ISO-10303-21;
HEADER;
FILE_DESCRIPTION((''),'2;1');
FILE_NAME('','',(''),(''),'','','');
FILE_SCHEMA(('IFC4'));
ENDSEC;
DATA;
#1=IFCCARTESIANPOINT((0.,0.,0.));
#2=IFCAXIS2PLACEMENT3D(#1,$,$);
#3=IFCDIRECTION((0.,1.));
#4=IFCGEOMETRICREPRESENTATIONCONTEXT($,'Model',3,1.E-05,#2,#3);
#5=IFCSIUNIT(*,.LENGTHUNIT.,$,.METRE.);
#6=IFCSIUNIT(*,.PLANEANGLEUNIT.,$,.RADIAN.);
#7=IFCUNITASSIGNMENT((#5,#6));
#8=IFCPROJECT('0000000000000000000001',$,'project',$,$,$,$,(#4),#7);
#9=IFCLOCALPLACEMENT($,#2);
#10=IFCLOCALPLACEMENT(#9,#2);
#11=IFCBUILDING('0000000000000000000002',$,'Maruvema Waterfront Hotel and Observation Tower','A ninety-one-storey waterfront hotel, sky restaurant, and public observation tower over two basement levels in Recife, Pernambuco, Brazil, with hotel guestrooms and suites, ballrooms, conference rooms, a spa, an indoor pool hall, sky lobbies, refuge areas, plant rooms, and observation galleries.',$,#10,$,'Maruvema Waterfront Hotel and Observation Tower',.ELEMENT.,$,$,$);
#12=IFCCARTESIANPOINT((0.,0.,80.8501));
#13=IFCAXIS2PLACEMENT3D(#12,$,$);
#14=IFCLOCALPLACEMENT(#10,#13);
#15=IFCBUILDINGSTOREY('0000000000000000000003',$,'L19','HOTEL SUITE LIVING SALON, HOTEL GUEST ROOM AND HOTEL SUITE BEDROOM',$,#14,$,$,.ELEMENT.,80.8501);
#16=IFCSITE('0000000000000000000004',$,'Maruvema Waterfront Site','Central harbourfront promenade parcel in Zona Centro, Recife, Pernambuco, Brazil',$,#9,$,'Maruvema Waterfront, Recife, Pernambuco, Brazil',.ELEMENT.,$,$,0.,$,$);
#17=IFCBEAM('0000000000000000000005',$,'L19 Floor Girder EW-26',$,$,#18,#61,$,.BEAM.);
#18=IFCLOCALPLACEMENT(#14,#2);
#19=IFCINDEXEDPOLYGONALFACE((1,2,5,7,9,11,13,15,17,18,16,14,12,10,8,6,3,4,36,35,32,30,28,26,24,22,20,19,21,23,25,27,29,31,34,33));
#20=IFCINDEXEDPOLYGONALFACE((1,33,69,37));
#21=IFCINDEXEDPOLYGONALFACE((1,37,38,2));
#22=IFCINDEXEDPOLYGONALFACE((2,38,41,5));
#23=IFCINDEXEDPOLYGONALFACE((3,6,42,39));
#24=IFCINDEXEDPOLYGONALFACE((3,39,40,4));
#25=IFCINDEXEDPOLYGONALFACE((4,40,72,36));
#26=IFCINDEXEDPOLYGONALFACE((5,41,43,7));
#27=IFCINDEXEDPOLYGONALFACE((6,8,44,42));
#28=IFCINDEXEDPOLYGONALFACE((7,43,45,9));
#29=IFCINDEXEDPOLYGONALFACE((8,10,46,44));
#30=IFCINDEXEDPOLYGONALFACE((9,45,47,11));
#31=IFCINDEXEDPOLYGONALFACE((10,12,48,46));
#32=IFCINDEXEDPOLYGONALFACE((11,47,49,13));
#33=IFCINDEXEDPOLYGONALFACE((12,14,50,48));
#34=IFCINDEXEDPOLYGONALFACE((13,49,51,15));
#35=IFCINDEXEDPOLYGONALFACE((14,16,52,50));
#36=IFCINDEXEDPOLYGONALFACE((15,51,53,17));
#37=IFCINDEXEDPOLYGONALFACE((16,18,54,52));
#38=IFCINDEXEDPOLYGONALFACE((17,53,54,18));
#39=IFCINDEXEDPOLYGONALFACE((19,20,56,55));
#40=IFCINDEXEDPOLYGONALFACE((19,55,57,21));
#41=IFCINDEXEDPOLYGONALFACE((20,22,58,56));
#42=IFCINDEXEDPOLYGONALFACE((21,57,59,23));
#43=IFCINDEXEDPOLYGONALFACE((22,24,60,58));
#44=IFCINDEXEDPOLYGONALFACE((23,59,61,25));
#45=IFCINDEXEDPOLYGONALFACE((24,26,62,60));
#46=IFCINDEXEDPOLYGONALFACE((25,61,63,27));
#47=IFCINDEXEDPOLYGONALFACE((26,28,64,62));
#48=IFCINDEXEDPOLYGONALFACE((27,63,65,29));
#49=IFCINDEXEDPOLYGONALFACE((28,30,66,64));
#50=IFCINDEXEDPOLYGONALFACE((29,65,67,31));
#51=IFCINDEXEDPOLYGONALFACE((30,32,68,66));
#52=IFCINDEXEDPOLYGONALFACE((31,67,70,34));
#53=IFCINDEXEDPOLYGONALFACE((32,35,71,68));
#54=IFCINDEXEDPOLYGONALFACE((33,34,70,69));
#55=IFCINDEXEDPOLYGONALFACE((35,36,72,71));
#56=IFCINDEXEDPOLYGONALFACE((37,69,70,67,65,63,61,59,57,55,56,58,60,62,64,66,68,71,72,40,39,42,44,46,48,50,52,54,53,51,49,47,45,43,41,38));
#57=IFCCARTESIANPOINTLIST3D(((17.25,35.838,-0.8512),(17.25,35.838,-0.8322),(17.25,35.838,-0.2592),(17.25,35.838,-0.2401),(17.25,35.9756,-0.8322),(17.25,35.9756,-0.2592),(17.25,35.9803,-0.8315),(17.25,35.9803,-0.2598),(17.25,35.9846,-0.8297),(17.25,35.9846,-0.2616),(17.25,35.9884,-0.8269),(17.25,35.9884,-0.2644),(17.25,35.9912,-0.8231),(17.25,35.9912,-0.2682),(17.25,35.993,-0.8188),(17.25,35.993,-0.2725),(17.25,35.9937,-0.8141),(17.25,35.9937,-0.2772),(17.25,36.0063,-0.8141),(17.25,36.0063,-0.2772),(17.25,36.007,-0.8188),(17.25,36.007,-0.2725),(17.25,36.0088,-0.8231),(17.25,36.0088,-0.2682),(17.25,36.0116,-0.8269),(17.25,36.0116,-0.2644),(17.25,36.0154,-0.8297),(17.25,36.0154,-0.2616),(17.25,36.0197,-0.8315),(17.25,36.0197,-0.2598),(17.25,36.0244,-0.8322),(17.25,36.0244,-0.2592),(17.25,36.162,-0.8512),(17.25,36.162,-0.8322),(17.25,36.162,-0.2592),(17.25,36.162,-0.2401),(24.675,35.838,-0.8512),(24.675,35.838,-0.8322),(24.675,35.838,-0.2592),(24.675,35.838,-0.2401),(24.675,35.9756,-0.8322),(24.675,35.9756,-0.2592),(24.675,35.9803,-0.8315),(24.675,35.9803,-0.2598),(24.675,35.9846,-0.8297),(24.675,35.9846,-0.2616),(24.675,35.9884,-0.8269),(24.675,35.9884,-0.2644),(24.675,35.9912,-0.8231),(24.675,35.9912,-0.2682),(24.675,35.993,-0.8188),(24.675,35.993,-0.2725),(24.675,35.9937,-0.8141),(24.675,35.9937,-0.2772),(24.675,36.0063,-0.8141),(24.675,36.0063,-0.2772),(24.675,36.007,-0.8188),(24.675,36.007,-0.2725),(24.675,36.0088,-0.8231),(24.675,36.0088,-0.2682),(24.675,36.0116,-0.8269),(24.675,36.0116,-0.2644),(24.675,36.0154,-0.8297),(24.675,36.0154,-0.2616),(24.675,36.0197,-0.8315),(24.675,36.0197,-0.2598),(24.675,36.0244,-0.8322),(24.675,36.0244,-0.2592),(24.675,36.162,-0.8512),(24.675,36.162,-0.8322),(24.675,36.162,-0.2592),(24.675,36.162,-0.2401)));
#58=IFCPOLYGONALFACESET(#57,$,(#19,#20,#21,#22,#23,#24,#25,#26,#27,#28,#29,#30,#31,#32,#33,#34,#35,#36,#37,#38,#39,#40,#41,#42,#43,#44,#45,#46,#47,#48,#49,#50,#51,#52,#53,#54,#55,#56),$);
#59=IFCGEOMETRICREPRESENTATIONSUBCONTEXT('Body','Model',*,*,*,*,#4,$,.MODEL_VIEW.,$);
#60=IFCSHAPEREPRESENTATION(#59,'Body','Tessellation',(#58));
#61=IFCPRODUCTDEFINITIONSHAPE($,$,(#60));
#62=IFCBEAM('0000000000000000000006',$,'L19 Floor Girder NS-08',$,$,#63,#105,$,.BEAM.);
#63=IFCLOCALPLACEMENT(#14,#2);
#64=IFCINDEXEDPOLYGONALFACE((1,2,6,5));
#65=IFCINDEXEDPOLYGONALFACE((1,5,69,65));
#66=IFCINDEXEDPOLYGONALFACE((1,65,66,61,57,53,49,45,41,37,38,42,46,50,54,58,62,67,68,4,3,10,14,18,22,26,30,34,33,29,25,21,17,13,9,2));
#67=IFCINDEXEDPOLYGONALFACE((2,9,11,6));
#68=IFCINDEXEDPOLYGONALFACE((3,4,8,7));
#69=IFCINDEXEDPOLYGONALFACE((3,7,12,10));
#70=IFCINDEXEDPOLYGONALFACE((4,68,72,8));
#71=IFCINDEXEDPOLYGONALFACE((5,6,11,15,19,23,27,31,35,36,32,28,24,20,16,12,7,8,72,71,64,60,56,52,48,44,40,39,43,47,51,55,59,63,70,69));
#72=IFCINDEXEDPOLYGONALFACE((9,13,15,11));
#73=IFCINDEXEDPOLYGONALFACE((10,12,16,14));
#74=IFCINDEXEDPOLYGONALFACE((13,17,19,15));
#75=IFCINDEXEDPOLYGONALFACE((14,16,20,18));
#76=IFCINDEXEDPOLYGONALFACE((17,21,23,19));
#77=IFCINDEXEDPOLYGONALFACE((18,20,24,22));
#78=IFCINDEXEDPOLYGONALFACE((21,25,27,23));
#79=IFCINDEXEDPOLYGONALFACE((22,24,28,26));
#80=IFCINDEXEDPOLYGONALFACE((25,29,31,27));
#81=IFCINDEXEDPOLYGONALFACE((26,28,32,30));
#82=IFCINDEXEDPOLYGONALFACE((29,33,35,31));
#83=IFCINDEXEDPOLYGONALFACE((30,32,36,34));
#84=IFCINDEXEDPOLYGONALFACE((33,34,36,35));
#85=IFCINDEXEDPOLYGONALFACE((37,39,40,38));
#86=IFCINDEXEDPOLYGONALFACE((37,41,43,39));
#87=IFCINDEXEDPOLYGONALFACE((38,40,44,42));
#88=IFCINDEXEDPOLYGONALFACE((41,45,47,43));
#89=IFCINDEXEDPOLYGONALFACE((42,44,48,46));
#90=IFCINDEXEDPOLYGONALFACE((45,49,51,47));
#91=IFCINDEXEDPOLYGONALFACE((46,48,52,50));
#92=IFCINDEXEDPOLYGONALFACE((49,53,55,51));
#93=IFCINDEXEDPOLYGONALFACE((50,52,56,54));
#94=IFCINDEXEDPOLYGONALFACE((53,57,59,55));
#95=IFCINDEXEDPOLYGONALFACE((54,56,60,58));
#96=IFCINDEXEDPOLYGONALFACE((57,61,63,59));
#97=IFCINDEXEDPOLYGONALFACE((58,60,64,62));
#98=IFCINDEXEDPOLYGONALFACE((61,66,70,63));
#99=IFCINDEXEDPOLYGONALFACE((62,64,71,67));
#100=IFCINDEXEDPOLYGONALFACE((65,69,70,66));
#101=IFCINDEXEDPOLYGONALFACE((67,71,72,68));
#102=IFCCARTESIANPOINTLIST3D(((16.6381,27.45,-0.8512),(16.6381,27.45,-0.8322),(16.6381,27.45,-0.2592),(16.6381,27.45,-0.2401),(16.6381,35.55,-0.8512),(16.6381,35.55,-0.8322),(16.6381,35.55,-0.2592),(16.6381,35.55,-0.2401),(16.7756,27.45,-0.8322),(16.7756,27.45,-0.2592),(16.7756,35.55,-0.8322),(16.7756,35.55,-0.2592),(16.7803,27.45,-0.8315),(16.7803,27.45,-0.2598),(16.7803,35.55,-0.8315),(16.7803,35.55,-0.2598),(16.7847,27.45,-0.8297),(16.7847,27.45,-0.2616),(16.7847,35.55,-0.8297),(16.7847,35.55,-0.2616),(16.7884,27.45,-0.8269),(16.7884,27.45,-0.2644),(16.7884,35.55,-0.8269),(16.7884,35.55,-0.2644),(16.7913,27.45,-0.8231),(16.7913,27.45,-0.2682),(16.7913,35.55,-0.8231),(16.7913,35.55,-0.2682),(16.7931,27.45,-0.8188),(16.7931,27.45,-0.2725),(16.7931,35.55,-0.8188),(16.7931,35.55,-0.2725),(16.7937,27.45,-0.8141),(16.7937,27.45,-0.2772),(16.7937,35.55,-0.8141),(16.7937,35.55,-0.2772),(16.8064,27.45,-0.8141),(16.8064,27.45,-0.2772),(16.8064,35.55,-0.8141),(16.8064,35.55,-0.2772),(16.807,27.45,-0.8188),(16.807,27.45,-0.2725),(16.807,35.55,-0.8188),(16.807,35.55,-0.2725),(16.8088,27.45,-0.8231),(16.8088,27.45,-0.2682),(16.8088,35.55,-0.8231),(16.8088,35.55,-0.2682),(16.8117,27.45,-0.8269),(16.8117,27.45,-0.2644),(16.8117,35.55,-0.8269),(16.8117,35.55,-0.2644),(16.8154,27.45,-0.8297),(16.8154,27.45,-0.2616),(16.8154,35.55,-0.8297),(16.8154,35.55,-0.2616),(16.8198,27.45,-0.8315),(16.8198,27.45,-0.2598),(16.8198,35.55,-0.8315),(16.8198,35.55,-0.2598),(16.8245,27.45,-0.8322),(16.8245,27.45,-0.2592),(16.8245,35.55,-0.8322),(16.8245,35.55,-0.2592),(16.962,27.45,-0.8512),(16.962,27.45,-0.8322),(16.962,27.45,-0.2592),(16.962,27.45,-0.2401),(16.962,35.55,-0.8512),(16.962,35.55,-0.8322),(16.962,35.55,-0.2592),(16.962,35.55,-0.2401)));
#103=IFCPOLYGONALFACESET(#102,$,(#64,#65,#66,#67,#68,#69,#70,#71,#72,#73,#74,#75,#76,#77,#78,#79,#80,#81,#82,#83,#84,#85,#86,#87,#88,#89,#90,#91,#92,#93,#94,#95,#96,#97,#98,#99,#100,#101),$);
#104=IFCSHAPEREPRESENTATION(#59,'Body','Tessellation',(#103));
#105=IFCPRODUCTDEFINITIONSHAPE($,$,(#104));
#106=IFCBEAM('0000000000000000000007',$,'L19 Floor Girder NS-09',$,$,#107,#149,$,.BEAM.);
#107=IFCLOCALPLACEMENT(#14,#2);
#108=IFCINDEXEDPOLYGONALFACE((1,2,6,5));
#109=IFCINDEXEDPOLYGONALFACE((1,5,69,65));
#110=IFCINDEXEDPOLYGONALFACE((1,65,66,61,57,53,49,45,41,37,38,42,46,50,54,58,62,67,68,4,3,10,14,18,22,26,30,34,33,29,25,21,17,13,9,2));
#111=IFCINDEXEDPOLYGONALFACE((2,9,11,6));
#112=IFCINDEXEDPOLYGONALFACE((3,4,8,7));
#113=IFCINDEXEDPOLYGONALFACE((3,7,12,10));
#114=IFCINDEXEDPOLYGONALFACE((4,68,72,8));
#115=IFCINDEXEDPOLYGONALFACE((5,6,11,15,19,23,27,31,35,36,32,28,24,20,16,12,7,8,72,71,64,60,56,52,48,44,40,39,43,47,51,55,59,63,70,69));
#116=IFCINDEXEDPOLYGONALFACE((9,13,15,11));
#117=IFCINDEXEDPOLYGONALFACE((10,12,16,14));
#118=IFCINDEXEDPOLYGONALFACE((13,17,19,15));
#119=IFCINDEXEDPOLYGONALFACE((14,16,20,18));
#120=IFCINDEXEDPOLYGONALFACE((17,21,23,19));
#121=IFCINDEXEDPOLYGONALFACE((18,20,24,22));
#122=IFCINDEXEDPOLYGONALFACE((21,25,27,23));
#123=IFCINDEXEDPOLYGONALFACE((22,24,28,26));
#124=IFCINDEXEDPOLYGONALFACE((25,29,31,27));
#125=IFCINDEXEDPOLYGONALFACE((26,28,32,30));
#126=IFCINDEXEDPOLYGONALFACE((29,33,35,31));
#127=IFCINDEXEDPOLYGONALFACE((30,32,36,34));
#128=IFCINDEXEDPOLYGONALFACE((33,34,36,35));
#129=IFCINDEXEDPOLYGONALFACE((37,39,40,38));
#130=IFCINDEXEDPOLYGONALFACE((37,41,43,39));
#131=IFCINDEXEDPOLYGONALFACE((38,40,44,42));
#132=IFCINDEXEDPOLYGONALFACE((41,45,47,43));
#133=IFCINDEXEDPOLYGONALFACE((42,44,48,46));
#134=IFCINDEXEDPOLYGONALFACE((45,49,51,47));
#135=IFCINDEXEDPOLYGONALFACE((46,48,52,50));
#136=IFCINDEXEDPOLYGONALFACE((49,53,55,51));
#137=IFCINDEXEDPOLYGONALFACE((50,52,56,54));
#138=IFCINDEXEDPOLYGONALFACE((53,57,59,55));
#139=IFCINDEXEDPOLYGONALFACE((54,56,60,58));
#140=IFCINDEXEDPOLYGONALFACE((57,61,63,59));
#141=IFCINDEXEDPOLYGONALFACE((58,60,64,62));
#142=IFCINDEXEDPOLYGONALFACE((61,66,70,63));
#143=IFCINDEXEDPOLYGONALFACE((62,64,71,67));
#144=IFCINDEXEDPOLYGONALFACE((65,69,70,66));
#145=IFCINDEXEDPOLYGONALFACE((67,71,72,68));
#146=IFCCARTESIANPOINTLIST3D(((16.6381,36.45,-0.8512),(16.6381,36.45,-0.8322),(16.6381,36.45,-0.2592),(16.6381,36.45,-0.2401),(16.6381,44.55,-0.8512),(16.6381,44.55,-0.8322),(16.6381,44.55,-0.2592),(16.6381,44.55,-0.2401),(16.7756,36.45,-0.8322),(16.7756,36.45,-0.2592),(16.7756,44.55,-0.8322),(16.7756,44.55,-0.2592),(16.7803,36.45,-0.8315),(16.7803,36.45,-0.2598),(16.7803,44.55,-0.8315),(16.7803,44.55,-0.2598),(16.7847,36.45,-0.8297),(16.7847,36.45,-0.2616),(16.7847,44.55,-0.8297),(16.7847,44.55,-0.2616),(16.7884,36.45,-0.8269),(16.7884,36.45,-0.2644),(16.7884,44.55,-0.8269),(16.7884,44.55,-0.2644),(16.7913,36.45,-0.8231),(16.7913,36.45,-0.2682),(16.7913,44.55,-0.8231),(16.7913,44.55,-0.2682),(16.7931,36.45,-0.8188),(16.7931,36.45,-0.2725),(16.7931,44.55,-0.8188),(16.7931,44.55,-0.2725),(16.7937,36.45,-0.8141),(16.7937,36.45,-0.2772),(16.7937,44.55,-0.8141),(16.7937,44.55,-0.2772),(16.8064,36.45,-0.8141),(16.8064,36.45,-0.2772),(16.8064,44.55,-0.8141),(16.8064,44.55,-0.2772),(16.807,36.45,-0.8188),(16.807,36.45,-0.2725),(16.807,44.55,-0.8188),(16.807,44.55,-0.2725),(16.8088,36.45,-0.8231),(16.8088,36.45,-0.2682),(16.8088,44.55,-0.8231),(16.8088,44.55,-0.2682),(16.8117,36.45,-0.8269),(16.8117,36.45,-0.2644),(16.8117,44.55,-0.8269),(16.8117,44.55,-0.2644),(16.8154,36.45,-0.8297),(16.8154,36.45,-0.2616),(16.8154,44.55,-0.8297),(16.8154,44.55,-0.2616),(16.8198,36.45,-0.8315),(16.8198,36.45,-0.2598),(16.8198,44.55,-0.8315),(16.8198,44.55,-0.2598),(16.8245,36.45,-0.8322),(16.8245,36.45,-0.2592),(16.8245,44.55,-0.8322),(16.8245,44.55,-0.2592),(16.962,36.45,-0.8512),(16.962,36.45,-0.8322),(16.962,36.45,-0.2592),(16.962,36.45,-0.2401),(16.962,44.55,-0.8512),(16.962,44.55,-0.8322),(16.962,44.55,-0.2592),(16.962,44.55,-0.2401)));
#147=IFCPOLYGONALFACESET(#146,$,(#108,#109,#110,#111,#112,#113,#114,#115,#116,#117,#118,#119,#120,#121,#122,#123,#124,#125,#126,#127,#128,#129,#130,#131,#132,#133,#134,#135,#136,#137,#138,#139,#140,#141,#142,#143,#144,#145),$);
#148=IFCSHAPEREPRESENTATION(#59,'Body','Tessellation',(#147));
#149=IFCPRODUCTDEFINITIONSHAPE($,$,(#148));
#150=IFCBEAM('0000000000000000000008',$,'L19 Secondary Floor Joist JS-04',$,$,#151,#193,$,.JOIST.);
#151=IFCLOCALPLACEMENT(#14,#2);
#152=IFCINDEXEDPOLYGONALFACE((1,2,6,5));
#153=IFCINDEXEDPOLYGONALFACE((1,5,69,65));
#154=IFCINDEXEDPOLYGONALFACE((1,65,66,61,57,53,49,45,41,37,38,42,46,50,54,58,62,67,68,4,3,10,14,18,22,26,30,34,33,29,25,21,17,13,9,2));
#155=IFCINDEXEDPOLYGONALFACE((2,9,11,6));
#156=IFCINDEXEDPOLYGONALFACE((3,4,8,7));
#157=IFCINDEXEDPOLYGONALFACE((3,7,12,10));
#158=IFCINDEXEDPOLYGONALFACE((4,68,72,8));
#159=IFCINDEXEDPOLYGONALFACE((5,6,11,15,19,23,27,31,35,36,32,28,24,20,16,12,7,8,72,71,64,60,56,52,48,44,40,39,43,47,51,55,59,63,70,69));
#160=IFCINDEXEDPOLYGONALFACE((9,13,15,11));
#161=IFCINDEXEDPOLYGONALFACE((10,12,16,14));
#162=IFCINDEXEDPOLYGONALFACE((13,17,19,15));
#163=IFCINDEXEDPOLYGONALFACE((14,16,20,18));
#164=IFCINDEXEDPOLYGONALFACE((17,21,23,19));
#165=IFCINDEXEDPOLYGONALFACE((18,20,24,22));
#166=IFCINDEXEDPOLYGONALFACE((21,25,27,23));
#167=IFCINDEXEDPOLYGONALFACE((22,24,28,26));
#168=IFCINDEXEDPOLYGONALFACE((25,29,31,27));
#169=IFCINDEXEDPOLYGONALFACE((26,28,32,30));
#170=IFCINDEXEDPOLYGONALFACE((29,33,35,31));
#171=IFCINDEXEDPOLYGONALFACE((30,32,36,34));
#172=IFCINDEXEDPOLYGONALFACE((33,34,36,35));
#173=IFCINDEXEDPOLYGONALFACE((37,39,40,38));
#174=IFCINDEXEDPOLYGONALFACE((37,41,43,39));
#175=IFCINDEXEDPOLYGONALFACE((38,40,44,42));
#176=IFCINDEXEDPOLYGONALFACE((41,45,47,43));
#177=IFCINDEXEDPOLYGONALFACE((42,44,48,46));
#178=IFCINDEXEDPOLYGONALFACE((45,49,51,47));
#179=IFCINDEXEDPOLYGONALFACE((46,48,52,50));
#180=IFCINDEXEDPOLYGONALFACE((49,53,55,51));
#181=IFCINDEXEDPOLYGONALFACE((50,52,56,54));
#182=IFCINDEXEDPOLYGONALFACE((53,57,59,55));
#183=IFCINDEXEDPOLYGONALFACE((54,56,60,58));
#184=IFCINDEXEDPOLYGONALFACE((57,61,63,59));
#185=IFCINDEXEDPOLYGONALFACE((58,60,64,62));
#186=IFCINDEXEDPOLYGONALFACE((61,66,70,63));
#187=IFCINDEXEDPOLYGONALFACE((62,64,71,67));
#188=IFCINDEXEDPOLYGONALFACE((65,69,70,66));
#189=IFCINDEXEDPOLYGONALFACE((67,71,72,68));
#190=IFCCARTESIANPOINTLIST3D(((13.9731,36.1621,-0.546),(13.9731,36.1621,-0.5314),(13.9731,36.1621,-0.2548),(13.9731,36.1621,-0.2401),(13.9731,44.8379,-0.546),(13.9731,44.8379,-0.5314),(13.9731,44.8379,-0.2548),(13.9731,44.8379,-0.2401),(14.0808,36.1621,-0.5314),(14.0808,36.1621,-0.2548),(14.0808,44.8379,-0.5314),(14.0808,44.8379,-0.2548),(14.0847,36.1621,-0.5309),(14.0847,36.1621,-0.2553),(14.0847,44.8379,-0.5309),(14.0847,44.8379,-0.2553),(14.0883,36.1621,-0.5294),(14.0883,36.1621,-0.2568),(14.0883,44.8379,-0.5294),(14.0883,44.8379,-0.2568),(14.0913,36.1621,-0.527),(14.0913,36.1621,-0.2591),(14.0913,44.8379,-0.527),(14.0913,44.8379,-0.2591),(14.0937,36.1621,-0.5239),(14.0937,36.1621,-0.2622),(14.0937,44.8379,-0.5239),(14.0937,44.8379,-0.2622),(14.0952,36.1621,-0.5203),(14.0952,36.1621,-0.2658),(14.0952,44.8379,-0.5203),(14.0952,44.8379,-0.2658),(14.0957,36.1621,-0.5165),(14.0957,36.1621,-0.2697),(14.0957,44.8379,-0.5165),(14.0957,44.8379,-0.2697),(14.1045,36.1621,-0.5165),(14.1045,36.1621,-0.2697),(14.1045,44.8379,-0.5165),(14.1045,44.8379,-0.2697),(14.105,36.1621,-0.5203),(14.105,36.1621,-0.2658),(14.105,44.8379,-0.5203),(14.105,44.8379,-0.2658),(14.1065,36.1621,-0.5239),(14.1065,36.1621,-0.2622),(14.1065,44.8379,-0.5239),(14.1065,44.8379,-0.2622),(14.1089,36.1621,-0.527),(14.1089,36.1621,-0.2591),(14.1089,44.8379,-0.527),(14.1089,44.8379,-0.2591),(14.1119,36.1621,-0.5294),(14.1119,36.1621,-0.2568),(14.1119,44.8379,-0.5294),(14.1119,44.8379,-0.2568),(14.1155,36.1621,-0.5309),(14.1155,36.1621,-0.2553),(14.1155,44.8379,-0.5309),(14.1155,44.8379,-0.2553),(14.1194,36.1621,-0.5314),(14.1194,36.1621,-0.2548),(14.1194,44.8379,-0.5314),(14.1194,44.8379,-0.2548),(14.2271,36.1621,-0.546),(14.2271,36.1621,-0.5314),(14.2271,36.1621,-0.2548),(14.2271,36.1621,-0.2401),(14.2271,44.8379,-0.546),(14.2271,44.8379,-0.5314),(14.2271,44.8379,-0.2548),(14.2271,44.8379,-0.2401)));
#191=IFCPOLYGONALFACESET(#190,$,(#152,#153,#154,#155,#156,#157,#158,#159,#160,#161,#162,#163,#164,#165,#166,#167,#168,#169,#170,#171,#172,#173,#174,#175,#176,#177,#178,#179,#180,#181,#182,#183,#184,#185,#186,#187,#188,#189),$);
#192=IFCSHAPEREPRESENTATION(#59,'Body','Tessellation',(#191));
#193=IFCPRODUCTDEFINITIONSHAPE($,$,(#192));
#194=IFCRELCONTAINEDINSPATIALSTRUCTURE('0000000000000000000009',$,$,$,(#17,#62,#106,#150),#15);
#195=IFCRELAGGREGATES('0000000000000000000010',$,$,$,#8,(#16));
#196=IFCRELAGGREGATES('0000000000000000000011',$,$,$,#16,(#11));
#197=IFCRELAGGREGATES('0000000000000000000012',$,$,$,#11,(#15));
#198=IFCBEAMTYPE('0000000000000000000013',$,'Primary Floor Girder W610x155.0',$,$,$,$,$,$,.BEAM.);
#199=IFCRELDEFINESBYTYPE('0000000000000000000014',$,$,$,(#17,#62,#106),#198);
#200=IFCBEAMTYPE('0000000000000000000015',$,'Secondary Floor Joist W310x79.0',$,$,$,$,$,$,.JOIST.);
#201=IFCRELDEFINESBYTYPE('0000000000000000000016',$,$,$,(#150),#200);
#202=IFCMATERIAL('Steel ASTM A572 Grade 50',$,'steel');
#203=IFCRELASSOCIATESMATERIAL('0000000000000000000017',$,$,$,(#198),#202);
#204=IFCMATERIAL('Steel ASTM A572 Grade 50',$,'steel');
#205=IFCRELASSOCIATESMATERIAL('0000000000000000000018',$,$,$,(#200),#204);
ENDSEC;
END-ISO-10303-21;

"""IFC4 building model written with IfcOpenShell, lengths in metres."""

from ifc_helpers import new_model, si_unit, direction, frame, origin, origin_2d, place, context, subcontext, project, spatial, i_section, extrude, material, material_profile, profile_set, type_object, element, save


model = new_model("IFC4")

# Units and contexts
model_context = context("Model", 3, precision=1e-05, world=origin(), true_north=direction((0.0, 1.0)))
body_context = subcontext(model_context, "Body", "Model", "MODEL_VIEW")
ifc_project = project(units=[si_unit("LENGTHUNIT", "METRE"), si_unit("PLANEANGLEUNIT", "RADIAN")], contexts=[model_context])

# Site, building, storey
site_placement = place(None, origin())
site = spatial("IfcSite", under=ifc_project, at=site_placement, Name="Maruvema Waterfront Site", Description="Central harbourfront promenade parcel in Zona Centro, Recife, Pernambuco, Brazil", LongName="Maruvema Waterfront, Recife, Pernambuco, Brazil", CompositionType="ELEMENT", RefElevation=0.0)
building_placement = place(site_placement, origin())
building = spatial("IfcBuilding", under=site, at=building_placement, Name="Maruvema Waterfront Hotel and Observation Tower", Description="A ninety-one-storey waterfront hotel, sky restaurant, and public observation tower over two basement levels in Recife, Pernambuco, Brazil, with hotel guestrooms and suites, ballrooms, conference rooms, a spa, an indoor pool hall, sky lobbies, refuge areas, plant rooms, and observation galleries.", LongName="Maruvema Waterfront Hotel and Observation Tower", CompositionType="ELEMENT")
storey_placement = place(building_placement, frame((0.0, 0.0, 80.8501)))
storey = spatial("IfcBuildingStorey", under=building, at=storey_placement, Name="L19", Description="HOTEL SUITE LIVING SALON, HOTEL GUEST ROOM AND HOTEL SUITE BEDROOM", CompositionType="ELEMENT", Elevation=80.8501)

# Beams
ifc_material_1 = material(Name="Steel ASTM A572 Grade 50", Category="steel")
ifc_material_profile_1 = material_profile(ifc_material_1, i_section(OverallWidth=0.324, OverallDepth=0.6111, WebThickness=0.0127, FlangeThickness=0.019, FilletRadius=0.0181, at=origin_2d()), Name="W610x155.0")
ifc_profile_set_1 = profile_set([ifc_material_profile_1], Name="Steel ASTM A572 Grade 50")
beam_type_1 = type_object("IfcBeamType", Name="Primary Floor Girder W610x155.0", PredefinedType="BEAM", material=ifc_profile_set_1)
beam_1_placement = place(storey_placement, frame((17.25, 36.0, -0.5457), z_axis=(1.0, 0.0, 0.0), x_axis=(0.0, 1.0, 0.0)))
element("IfcBeam", 1, at=beam_1_placement, inside=storey, type_object=beam_type_1, Name="L19 Floor Girder EW-26", PredefinedType="BEAM", context=body_context, shape_type="SweptSolid", body=[
    extrude(i_section(OverallWidth=0.324, OverallDepth=0.6111, WebThickness=0.0127, FlangeThickness=0.019, FilletRadius=0.0181, at=origin_2d()), origin(), (0.0, 0.0, 1.0), 7.425),
])
for number, where, z_axis, x_axis, name in (
    (2, (16.8, 27.45, -0.5457), (0.0, 1.0, 0.0), (-1.0, 0.0, 0.0), "L19 Floor Girder NS-08"),
    (3, (16.8, 36.45, -0.5457), (0.0, 1.0, 0.0), (-1.0, 0.0, 0.0), "L19 Floor Girder NS-09"),
):
    element("IfcBeam", number, at=place(storey_placement, frame(where, z_axis=z_axis, x_axis=x_axis)), inside=storey, type_object=beam_type_1, Name=name, PredefinedType="BEAM", context=body_context, shape_type="SweptSolid", body=[
        extrude(i_section(OverallWidth=0.324, OverallDepth=0.6111, WebThickness=0.0127, FlangeThickness=0.019, FilletRadius=0.0181, at=origin_2d()), origin(), (0.0, 0.0, 1.0), 8.1001),
    ])
ifc_material_2 = material(Name="Steel ASTM A572 Grade 50", Category="steel")
ifc_material_profile_2 = material_profile(ifc_material_2, i_section(OverallWidth=0.2539, OverallDepth=0.3059, WebThickness=0.0088, FlangeThickness=0.0146, FilletRadius=0.0149, at=origin_2d()), Name="W310x79.0")
ifc_profile_set_2 = profile_set([ifc_material_profile_2], Name="Steel ASTM A572 Grade 50")
beam_type_2 = type_object("IfcBeamType", Name="Secondary Floor Joist W310x79.0", PredefinedType="JOIST", material=ifc_profile_set_2)
beam_2_placement = place(storey_placement, frame((14.1001, 36.1621, -0.3931), z_axis=(0.0, 1.0, 0.0), x_axis=(-1.0, 0.0, 0.0)))
element("IfcBeam", 4, at=beam_2_placement, inside=storey, type_object=beam_type_2, Name="L19 Secondary Floor Joist JS-04", PredefinedType="JOIST", context=body_context, shape_type="SweptSolid", body=[
    extrude(i_section(OverallWidth=0.2539, OverallDepth=0.3059, WebThickness=0.0088, FlangeThickness=0.0146, FilletRadius=0.0149, at=origin_2d()), origin(), (0.0, 0.0, 1.0), 8.6758),
])

save(model, "model.ifc")
